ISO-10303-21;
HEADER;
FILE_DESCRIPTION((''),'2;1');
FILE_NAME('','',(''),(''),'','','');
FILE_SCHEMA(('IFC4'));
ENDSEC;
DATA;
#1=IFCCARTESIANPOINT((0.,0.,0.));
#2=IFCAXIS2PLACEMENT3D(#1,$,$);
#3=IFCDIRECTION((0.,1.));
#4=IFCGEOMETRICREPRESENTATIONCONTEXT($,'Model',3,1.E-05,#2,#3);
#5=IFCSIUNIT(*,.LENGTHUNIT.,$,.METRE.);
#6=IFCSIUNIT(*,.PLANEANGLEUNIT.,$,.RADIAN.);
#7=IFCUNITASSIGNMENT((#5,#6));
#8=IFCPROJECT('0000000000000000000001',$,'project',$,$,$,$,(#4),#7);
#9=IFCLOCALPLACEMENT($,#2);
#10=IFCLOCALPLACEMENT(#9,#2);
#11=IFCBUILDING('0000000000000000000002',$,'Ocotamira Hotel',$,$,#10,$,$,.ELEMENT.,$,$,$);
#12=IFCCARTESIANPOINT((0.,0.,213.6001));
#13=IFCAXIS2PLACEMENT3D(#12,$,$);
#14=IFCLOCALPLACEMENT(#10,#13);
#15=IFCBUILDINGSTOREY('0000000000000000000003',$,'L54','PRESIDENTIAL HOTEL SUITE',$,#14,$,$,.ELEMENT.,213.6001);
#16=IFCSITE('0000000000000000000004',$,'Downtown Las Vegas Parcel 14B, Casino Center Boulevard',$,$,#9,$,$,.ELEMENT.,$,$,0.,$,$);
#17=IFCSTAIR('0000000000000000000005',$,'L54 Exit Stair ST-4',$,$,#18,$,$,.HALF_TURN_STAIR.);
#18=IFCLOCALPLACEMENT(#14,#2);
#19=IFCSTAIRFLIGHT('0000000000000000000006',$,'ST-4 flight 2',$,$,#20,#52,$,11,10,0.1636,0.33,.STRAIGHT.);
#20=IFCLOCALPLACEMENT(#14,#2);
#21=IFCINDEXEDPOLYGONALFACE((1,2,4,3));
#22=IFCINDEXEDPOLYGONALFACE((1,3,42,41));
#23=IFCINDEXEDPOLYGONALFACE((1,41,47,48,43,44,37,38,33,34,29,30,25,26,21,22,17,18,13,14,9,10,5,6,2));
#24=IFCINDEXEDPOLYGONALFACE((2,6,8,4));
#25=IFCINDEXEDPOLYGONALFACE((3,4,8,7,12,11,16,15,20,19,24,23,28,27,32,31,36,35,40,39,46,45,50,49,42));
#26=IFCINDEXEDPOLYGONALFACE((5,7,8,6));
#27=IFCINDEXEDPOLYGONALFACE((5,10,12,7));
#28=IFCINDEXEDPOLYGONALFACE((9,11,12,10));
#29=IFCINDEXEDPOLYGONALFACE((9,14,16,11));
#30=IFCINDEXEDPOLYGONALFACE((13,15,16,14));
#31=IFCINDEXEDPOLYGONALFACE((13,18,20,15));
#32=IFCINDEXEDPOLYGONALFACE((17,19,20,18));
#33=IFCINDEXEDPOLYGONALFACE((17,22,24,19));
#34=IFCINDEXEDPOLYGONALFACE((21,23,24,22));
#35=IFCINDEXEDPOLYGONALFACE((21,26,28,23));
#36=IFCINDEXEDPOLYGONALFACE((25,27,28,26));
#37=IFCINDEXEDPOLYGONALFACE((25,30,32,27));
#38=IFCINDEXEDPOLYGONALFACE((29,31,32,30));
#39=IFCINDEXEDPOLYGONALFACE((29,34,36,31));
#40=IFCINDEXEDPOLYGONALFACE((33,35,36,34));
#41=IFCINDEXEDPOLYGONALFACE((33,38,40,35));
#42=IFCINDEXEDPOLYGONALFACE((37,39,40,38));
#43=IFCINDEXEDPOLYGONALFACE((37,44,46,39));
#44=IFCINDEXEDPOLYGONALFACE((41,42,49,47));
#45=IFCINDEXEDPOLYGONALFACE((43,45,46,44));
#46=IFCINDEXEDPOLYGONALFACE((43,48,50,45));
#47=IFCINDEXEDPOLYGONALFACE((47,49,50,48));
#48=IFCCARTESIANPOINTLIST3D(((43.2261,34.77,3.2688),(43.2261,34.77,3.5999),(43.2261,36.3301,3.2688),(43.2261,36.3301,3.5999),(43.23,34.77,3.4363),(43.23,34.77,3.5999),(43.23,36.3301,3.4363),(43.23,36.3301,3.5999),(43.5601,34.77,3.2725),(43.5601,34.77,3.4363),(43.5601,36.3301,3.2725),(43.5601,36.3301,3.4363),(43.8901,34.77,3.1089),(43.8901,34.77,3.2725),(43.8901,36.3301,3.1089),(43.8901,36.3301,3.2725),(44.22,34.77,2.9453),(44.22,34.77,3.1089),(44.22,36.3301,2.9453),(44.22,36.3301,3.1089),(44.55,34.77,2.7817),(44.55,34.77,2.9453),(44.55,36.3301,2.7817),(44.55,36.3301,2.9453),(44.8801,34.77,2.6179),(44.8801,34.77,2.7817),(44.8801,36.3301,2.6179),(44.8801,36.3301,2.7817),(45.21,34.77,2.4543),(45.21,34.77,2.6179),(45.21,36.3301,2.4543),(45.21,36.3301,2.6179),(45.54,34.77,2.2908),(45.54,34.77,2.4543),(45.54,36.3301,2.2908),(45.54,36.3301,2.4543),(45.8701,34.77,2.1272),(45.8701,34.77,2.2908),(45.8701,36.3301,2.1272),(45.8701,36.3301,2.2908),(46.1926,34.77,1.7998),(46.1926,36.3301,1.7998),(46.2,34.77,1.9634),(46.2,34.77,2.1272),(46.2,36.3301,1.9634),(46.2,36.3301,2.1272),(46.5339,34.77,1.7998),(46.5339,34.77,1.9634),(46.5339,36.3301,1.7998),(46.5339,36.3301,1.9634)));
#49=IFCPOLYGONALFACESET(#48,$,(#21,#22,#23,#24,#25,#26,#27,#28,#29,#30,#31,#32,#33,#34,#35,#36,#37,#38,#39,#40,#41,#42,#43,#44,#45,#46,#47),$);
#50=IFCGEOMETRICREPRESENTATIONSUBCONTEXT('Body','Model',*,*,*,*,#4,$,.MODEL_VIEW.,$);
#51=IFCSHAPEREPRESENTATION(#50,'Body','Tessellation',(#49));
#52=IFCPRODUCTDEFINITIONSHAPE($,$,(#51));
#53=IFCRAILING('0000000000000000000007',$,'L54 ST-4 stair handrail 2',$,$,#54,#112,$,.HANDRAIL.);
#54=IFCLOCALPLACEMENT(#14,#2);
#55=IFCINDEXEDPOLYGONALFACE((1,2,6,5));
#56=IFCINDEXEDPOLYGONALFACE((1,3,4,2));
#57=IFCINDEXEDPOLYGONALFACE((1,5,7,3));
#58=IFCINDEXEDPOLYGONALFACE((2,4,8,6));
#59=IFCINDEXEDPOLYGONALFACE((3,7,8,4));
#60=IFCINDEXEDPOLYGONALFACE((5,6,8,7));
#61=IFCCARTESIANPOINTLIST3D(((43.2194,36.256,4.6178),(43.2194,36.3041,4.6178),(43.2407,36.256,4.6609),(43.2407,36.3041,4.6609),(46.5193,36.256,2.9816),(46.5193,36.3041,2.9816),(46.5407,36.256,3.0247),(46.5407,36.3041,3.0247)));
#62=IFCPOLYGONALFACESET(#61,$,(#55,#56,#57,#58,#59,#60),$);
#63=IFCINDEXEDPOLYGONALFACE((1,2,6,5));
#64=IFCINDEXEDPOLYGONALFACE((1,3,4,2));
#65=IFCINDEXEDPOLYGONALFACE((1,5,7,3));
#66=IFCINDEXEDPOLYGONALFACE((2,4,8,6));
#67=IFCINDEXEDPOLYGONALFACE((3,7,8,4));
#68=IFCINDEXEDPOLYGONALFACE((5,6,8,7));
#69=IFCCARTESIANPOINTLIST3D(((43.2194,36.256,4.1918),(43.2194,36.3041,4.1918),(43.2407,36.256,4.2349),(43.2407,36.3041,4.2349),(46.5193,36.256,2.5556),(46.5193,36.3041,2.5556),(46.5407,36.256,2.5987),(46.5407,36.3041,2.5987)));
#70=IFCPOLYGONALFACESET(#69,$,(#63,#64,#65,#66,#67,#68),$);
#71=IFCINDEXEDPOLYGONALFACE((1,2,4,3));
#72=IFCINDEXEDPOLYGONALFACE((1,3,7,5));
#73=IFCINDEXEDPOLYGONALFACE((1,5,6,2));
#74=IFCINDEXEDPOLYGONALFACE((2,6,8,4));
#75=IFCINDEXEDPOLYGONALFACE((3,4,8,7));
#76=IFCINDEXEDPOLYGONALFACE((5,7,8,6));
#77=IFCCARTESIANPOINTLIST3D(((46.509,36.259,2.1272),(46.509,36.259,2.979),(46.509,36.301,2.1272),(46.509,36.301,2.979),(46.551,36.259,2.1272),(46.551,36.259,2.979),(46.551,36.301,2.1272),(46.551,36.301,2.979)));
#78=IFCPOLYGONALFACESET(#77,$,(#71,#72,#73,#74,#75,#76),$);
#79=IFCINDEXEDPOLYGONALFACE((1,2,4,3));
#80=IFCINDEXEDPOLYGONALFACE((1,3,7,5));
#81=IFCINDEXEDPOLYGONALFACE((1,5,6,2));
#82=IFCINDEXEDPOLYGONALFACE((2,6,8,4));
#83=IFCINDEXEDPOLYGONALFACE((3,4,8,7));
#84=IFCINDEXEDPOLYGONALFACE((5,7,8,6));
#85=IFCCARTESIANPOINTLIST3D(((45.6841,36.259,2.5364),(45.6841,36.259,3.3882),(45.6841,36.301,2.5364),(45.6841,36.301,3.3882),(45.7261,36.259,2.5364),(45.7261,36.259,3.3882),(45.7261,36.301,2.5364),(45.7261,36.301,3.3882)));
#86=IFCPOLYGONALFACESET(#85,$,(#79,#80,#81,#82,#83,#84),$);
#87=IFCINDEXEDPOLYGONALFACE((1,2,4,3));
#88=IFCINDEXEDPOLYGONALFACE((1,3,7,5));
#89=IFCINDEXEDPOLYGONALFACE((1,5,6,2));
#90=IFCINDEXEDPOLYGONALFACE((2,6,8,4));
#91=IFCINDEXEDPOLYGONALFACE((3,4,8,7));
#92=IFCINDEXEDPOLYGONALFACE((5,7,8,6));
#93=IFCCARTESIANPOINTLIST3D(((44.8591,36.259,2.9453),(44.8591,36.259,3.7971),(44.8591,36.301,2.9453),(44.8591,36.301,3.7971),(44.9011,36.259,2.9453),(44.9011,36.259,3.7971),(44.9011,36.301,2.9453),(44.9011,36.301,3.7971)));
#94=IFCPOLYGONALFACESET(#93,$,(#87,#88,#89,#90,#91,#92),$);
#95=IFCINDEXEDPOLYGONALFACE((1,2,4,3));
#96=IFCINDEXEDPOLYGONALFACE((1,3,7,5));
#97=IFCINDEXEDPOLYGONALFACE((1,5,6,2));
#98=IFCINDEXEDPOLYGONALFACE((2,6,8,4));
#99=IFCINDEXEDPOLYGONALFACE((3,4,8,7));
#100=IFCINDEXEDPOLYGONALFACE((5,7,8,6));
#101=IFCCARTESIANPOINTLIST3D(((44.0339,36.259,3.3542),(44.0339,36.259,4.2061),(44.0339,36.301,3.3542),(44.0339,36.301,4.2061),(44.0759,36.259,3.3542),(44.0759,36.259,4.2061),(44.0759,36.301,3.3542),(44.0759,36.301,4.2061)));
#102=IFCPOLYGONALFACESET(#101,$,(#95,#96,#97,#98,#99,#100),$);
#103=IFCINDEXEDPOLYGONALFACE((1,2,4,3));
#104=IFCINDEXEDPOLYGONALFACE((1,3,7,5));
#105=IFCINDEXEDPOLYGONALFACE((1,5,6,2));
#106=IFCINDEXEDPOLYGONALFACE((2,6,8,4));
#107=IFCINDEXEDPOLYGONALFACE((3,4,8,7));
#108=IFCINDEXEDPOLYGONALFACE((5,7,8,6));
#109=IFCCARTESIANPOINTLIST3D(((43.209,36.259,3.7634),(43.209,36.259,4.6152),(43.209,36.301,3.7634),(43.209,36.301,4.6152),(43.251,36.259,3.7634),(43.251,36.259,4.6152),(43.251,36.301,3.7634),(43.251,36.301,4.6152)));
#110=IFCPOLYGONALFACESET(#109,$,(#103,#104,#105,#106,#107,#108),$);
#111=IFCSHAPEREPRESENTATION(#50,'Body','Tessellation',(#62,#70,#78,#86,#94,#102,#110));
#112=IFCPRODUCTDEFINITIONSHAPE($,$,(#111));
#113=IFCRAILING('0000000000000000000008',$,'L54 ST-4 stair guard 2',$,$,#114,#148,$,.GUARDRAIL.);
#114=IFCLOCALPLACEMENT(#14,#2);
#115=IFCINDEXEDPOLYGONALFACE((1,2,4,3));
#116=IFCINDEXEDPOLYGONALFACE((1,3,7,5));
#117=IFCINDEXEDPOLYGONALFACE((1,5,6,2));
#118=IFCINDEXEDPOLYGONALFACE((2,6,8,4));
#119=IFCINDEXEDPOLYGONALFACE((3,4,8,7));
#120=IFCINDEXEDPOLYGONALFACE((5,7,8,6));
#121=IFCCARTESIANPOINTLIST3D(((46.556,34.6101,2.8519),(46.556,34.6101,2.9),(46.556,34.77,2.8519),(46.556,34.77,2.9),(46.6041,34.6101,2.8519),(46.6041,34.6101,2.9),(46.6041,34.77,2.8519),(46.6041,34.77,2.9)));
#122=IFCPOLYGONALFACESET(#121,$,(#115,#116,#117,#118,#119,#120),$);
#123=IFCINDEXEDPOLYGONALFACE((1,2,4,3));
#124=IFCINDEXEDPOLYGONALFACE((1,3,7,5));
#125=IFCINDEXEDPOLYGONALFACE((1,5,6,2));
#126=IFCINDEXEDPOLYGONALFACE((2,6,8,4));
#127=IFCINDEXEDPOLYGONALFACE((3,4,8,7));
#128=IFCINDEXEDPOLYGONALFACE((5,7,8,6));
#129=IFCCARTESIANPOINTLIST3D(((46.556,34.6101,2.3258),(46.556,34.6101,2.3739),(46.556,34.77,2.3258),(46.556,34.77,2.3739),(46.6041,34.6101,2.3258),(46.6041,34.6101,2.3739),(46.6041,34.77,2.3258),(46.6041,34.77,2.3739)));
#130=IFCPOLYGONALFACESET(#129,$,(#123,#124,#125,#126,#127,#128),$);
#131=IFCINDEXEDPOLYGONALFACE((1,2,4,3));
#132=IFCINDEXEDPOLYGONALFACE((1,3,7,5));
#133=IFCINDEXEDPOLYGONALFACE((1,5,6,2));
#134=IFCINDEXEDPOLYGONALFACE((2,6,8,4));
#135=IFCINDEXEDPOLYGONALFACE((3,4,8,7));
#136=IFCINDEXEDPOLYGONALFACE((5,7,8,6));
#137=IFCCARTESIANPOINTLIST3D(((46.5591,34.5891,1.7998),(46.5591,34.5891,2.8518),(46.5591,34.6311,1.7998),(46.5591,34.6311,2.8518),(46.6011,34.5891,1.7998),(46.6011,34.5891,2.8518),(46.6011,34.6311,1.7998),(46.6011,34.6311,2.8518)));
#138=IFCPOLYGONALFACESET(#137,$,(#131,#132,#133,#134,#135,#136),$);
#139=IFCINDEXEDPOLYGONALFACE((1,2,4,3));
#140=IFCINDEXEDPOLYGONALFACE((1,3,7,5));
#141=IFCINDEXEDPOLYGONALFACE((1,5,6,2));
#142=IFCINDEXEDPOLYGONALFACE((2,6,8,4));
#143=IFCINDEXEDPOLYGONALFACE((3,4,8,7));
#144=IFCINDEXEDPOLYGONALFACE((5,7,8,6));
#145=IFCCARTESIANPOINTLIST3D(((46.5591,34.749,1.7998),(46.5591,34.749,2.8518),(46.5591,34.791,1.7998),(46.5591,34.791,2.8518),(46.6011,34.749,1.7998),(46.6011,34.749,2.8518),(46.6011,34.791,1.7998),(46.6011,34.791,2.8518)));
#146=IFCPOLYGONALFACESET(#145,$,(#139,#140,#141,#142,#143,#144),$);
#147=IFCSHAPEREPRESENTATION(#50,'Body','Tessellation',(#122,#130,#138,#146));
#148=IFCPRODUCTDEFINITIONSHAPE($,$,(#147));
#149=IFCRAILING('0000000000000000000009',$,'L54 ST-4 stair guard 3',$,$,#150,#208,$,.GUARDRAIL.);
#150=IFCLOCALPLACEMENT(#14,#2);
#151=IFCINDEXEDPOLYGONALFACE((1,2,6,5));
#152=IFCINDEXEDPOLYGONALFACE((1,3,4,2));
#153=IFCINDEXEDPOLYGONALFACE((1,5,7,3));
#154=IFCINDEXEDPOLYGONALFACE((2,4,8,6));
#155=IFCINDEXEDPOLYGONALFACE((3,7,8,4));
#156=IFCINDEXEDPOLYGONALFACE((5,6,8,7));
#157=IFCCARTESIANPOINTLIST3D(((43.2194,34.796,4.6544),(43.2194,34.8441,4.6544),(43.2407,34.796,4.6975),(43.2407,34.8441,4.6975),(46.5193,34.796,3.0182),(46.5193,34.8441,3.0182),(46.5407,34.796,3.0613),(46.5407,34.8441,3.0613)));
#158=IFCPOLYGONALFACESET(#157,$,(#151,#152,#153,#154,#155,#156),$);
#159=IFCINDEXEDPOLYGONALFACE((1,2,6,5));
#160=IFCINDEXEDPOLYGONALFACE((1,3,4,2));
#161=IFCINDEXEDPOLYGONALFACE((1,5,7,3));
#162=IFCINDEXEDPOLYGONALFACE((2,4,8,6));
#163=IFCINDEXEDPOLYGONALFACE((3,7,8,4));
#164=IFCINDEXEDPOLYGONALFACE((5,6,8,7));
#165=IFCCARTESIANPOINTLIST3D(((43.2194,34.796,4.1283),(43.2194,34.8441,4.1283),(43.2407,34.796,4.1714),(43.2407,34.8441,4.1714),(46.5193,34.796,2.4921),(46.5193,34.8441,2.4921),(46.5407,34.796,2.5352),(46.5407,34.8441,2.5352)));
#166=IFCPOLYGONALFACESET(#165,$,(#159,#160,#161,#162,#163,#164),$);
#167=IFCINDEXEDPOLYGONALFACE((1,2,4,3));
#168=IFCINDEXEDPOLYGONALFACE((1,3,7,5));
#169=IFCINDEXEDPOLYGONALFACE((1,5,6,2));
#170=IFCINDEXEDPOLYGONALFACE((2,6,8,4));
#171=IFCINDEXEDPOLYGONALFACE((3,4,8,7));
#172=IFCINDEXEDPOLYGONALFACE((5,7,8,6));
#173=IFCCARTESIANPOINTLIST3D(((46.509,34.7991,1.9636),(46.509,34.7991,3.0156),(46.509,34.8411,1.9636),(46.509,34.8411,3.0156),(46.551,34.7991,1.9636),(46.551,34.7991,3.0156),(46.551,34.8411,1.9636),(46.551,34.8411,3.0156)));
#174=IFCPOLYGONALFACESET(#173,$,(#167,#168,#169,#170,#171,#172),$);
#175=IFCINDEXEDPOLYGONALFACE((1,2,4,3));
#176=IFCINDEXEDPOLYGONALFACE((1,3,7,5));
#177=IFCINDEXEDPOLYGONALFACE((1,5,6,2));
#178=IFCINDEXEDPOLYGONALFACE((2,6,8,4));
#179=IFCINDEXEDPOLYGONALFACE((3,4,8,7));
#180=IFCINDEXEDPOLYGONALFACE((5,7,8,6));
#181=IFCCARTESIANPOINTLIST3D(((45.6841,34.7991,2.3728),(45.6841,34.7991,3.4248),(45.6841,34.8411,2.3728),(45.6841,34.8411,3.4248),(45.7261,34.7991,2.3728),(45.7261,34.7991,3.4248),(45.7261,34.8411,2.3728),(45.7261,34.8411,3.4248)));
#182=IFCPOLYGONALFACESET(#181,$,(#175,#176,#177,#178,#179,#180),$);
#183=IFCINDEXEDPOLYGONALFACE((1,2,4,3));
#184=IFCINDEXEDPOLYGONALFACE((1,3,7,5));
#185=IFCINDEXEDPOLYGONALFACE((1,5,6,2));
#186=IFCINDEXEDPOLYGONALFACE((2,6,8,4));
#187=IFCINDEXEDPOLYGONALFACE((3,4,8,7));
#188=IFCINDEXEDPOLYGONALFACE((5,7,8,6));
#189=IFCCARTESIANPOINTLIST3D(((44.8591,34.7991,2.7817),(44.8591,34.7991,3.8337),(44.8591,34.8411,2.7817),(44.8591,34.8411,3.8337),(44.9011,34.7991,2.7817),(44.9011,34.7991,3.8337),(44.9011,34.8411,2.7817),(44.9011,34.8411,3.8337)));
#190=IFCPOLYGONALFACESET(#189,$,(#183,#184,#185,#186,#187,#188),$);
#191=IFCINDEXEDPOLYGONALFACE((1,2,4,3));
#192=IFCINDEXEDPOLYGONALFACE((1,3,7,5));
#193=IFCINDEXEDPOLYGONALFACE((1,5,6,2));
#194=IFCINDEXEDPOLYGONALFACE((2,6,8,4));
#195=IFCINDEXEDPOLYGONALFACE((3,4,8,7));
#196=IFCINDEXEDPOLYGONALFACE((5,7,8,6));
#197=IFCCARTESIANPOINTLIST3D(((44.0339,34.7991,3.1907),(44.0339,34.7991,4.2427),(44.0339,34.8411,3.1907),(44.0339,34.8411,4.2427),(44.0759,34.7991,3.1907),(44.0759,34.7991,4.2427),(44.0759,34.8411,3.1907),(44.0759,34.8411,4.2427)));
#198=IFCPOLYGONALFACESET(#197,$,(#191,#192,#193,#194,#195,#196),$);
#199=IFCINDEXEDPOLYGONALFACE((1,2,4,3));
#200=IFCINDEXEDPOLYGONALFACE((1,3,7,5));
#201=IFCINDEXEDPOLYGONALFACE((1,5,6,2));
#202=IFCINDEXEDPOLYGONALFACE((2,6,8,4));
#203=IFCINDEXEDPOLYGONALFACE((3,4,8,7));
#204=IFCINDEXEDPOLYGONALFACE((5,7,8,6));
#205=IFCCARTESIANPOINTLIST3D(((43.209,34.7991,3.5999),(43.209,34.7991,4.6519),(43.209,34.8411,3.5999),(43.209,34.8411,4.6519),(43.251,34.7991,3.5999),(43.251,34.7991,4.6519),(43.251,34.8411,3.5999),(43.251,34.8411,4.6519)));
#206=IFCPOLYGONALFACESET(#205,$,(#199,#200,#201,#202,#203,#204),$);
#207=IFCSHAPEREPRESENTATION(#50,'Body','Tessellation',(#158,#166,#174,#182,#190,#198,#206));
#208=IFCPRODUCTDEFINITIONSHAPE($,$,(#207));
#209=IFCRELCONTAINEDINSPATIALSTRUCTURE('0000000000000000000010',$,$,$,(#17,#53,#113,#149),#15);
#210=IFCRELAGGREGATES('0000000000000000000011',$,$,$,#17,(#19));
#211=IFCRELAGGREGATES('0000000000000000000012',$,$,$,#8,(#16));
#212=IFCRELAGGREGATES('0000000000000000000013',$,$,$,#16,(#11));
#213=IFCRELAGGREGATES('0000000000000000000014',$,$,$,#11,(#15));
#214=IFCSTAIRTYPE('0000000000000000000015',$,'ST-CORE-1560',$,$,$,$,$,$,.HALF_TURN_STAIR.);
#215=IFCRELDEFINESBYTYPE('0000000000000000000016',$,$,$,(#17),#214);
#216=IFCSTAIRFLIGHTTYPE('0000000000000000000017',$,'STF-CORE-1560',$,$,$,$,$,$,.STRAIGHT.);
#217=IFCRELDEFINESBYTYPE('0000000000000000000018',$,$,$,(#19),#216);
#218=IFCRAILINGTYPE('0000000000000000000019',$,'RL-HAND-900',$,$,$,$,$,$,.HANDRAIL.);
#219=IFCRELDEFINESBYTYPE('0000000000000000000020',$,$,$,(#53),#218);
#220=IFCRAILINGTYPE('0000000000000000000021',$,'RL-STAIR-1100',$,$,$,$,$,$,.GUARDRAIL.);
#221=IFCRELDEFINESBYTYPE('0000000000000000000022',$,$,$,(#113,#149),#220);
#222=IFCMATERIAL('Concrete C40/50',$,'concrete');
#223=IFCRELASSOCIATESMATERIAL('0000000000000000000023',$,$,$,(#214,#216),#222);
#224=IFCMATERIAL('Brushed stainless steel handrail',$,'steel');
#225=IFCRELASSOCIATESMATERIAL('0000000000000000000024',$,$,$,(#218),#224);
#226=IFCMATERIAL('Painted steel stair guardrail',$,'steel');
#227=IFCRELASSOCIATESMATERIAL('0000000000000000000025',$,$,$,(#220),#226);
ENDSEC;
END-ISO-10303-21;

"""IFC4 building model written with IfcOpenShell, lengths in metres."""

from ifc_helpers import new_model, si_unit, direction, frame, origin, origin_2d, place, context, subcontext, project, spatial, polyline, rectangle, outline, extrude, source, transform, mapped, material, type_object, element, aggregate, save


model = new_model("IFC4")

# Units and contexts
model_context = context("Model", 3, precision=1e-05, world=origin(), true_north=direction((0.0, 1.0)))
body_context = subcontext(model_context, "Body", "Model", "MODEL_VIEW")
ifc_project = project(units=[si_unit("LENGTHUNIT", "METRE"), si_unit("PLANEANGLEUNIT", "RADIAN")], contexts=[model_context])

# Site, building, storey
site_placement = place(None, origin())
site = spatial("IfcSite", under=ifc_project, at=site_placement, Name="Downtown Las Vegas Parcel 14B, Casino Center Boulevard", CompositionType="ELEMENT", RefElevation=0.0)
building_placement = place(site_placement, origin())
building = spatial("IfcBuilding", under=site, at=building_placement, Name="Ocotamira Hotel", CompositionType="ELEMENT")
storey_placement = place(building_placement, frame((0.0, 0.0, 213.6001)))
storey = spatial("IfcBuildingStorey", under=building, at=storey_placement, Name="L54", Description="PRESIDENTIAL HOTEL SUITE", CompositionType="ELEMENT", Elevation=213.6001)

# Stair, stair flight
ifc_material_1 = material(Name="Concrete C40/50", Category="concrete")
stair_type = type_object("IfcStairType", Name="ST-CORE-1560", PredefinedType="HALF_TURN_STAIR", material=ifc_material_1)
stair_placement = place(storey_placement, origin())
stair = element("IfcStair", 1, at=stair_placement, inside=storey, type_object=stair_type, Name="L54 Exit Stair ST-4", PredefinedType="HALF_TURN_STAIR")
stair_flight_type = type_object("IfcStairFlightType", Name="STF-CORE-1560", PredefinedType="STRAIGHT", material=ifc_material_1)
shared_shape_1 = source(origin(), body_context, "Body", "SweptSolid", [
    extrude(outline(polyline([(-0.0039, 0.0), (-0.0039, 0.1636), (0.3301, 0.1636), (0.3301, 0.3274), (0.6599, 0.3274), (0.6599, 0.491), (0.99, 0.491), (0.99, 0.6545), (1.3201, 0.6545), (1.3201, 0.8181), (1.6499, 0.8181), (1.6499, 0.9819), (1.98, 0.9819), (1.98, 1.1455), (2.3101, 1.1455), (2.3101, 1.3091), (2.6399, 1.3091), (2.6399, 1.4727), (2.97, 1.4727), (2.97, 1.6365), (3.3, 1.6365), (3.3, 1.8), (3.304, 1.8), (3.304, 1.469), (0.3374, 0.0), (-0.0039, 0.0)])), frame((0.0, 0.78, 0.0), z_axis=(0.0, -1.0, 0.0), x_axis=(1.0, 0.0, 0.0)), (0.0, 0.0, 1.0), 1.5601),
])
stair_flight_placement = place(storey_placement, frame((46.53, 35.55, 1.7998), z_axis=(0.0, 0.0, 1.0), x_axis=(-1.0, 0.0, 0.0)))
stair_flight = element("IfcStairFlight", 2, at=stair_flight_placement, type_object=stair_flight_type, Name="ST-4 flight 2", NumberOfRisers=11, NumberOfTreads=10, PredefinedType="STRAIGHT", RiserHeight=0.1636, TreadLength=0.33, context=body_context, shape_type="MappedRepresentation", body=[
    mapped(shared_shape_1, transform((0.0, 0.0, 0.0), scale=1.0)),
])
aggregate(stair, [stair_flight])

# Railings
ifc_material_2 = material(Name="Brushed stainless steel handrail", Category="steel")
railing_type_1 = type_object("IfcRailingType", Name="RL-HAND-900", PredefinedType="HANDRAIL", material=ifc_material_2)
railing_1_placement = place(storey_placement, frame((46.53, 36.28, 2.1272)))
element("IfcRailing", 3, at=railing_1_placement, inside=storey, type_object=railing_type_1, Name="L54 ST-4 stair handrail 2", PredefinedType="HANDRAIL", context=body_context, shape_type="SweptSolid", body=[
    extrude(rectangle(XDim=0.0481, YDim=0.0481, at=origin_2d()), frame((0.0, 0.0, 0.876), z_axis=(-0.89592, 0.0, 0.444215), x_axis=(0.0, -1.0, 0.0)), (0.0, 0.0, 1.0), 3.6833),
    extrude(rectangle(XDim=0.0481, YDim=0.0481, at=origin_2d()), frame((0.0, 0.0, 0.45), z_axis=(-0.89592, 0.0, 0.444215), x_axis=(0.0, -1.0, 0.0)), (0.0, 0.0, 1.0), 3.6833),
    extrude(rectangle(XDim=0.042, YDim=0.042, at=origin_2d()), origin(), (0.0, 0.0, 1.0), 0.8518),
    extrude(rectangle(XDim=0.042, YDim=0.042, at=origin_2d()), frame((-0.825, 0.0, 0.4092)), (0.0, 0.0, 1.0), 0.8518),
    extrude(rectangle(XDim=0.042, YDim=0.042, at=origin_2d()), frame((-1.6499, 0.0, 0.8181)), (0.0, 0.0, 1.0), 0.8518),
    extrude(rectangle(XDim=0.042, YDim=0.042, at=origin_2d()), frame((-2.4751, 0.0, 1.2271)), (0.0, 0.0, 1.0), 0.8518),
    extrude(rectangle(XDim=0.042, YDim=0.042, at=origin_2d()), frame((-3.3, 0.0, 1.6362)), (0.0, 0.0, 1.0), 0.8518),
])
ifc_material_3 = material(Name="Painted steel stair guardrail", Category="steel")
railing_type_2 = type_object("IfcRailingType", Name="RL-STAIR-1100", PredefinedType="GUARDRAIL", material=ifc_material_3)
railing_2_placement = place(storey_placement, frame((46.5801, 34.6101, 1.7998)))
element("IfcRailing", 4, at=railing_2_placement, inside=storey, type_object=railing_type_2, Name="L54 ST-4 stair guard 2", PredefinedType="GUARDRAIL", context=body_context, shape_type="SweptSolid", body=[
    extrude(rectangle(XDim=0.0481, YDim=0.0481, at=origin_2d()), frame((0.0, 0.0, 1.0762), z_axis=(0.0, 1.0, 0.0), x_axis=(-1.0, 0.0, 0.0)), (0.0, 0.0, 1.0), 0.1599),
    extrude(rectangle(XDim=0.0481, YDim=0.0481, at=origin_2d()), frame((0.0, 0.0, 0.55), z_axis=(0.0, 1.0, 0.0), x_axis=(-1.0, 0.0, 0.0)), (0.0, 0.0, 1.0), 0.1599),
    extrude(rectangle(XDim=0.042, YDim=0.042, at=origin_2d()), origin(), (0.0, 0.0, 1.0), 1.052),
    extrude(rectangle(XDim=0.042, YDim=0.042, at=origin_2d()), frame((0.0, 0.1599, 0.0)), (0.0, 0.0, 1.0), 1.052),
])
railing_3_placement = place(storey_placement, frame((46.53, 34.8201, 1.9636)))
element("IfcRailing", 5, at=railing_3_placement, inside=storey, type_object=railing_type_2, Name="L54 ST-4 stair guard 3", PredefinedType="GUARDRAIL", context=body_context, shape_type="SweptSolid", body=[
    extrude(rectangle(XDim=0.0481, YDim=0.0481, at=origin_2d()), frame((0.0, 0.0, 1.0762), z_axis=(-0.89592, 0.0, 0.444215), x_axis=(0.0, -1.0, 0.0)), (0.0, 0.0, 1.0), 3.6833),
    extrude(rectangle(XDim=0.0481, YDim=0.0481, at=origin_2d()), frame((0.0, 0.0, 0.55), z_axis=(-0.89592, 0.0, 0.444215), x_axis=(0.0, -1.0, 0.0)), (0.0, 0.0, 1.0), 3.6833),
    extrude(rectangle(XDim=0.042, YDim=0.042, at=origin_2d()), origin(), (0.0, 0.0, 1.0), 1.052),
    extrude(rectangle(XDim=0.042, YDim=0.042, at=origin_2d()), frame((-0.825, 0.0, 0.4092)), (0.0, 0.0, 1.0), 1.052),
    extrude(rectangle(XDim=0.042, YDim=0.042, at=origin_2d()), frame((-1.6499, 0.0, 0.8181)), (0.0, 0.0, 1.0), 1.052),
    extrude(rectangle(XDim=0.042, YDim=0.042, at=origin_2d()), frame((-2.4751, 0.0, 1.2271)), (0.0, 0.0, 1.0), 1.052),
    extrude(rectangle(XDim=0.042, YDim=0.042, at=origin_2d()), frame((-3.3, 0.0, 1.6362)), (0.0, 0.0, 1.0), 1.052),
])

save(model, "model.ifc")
